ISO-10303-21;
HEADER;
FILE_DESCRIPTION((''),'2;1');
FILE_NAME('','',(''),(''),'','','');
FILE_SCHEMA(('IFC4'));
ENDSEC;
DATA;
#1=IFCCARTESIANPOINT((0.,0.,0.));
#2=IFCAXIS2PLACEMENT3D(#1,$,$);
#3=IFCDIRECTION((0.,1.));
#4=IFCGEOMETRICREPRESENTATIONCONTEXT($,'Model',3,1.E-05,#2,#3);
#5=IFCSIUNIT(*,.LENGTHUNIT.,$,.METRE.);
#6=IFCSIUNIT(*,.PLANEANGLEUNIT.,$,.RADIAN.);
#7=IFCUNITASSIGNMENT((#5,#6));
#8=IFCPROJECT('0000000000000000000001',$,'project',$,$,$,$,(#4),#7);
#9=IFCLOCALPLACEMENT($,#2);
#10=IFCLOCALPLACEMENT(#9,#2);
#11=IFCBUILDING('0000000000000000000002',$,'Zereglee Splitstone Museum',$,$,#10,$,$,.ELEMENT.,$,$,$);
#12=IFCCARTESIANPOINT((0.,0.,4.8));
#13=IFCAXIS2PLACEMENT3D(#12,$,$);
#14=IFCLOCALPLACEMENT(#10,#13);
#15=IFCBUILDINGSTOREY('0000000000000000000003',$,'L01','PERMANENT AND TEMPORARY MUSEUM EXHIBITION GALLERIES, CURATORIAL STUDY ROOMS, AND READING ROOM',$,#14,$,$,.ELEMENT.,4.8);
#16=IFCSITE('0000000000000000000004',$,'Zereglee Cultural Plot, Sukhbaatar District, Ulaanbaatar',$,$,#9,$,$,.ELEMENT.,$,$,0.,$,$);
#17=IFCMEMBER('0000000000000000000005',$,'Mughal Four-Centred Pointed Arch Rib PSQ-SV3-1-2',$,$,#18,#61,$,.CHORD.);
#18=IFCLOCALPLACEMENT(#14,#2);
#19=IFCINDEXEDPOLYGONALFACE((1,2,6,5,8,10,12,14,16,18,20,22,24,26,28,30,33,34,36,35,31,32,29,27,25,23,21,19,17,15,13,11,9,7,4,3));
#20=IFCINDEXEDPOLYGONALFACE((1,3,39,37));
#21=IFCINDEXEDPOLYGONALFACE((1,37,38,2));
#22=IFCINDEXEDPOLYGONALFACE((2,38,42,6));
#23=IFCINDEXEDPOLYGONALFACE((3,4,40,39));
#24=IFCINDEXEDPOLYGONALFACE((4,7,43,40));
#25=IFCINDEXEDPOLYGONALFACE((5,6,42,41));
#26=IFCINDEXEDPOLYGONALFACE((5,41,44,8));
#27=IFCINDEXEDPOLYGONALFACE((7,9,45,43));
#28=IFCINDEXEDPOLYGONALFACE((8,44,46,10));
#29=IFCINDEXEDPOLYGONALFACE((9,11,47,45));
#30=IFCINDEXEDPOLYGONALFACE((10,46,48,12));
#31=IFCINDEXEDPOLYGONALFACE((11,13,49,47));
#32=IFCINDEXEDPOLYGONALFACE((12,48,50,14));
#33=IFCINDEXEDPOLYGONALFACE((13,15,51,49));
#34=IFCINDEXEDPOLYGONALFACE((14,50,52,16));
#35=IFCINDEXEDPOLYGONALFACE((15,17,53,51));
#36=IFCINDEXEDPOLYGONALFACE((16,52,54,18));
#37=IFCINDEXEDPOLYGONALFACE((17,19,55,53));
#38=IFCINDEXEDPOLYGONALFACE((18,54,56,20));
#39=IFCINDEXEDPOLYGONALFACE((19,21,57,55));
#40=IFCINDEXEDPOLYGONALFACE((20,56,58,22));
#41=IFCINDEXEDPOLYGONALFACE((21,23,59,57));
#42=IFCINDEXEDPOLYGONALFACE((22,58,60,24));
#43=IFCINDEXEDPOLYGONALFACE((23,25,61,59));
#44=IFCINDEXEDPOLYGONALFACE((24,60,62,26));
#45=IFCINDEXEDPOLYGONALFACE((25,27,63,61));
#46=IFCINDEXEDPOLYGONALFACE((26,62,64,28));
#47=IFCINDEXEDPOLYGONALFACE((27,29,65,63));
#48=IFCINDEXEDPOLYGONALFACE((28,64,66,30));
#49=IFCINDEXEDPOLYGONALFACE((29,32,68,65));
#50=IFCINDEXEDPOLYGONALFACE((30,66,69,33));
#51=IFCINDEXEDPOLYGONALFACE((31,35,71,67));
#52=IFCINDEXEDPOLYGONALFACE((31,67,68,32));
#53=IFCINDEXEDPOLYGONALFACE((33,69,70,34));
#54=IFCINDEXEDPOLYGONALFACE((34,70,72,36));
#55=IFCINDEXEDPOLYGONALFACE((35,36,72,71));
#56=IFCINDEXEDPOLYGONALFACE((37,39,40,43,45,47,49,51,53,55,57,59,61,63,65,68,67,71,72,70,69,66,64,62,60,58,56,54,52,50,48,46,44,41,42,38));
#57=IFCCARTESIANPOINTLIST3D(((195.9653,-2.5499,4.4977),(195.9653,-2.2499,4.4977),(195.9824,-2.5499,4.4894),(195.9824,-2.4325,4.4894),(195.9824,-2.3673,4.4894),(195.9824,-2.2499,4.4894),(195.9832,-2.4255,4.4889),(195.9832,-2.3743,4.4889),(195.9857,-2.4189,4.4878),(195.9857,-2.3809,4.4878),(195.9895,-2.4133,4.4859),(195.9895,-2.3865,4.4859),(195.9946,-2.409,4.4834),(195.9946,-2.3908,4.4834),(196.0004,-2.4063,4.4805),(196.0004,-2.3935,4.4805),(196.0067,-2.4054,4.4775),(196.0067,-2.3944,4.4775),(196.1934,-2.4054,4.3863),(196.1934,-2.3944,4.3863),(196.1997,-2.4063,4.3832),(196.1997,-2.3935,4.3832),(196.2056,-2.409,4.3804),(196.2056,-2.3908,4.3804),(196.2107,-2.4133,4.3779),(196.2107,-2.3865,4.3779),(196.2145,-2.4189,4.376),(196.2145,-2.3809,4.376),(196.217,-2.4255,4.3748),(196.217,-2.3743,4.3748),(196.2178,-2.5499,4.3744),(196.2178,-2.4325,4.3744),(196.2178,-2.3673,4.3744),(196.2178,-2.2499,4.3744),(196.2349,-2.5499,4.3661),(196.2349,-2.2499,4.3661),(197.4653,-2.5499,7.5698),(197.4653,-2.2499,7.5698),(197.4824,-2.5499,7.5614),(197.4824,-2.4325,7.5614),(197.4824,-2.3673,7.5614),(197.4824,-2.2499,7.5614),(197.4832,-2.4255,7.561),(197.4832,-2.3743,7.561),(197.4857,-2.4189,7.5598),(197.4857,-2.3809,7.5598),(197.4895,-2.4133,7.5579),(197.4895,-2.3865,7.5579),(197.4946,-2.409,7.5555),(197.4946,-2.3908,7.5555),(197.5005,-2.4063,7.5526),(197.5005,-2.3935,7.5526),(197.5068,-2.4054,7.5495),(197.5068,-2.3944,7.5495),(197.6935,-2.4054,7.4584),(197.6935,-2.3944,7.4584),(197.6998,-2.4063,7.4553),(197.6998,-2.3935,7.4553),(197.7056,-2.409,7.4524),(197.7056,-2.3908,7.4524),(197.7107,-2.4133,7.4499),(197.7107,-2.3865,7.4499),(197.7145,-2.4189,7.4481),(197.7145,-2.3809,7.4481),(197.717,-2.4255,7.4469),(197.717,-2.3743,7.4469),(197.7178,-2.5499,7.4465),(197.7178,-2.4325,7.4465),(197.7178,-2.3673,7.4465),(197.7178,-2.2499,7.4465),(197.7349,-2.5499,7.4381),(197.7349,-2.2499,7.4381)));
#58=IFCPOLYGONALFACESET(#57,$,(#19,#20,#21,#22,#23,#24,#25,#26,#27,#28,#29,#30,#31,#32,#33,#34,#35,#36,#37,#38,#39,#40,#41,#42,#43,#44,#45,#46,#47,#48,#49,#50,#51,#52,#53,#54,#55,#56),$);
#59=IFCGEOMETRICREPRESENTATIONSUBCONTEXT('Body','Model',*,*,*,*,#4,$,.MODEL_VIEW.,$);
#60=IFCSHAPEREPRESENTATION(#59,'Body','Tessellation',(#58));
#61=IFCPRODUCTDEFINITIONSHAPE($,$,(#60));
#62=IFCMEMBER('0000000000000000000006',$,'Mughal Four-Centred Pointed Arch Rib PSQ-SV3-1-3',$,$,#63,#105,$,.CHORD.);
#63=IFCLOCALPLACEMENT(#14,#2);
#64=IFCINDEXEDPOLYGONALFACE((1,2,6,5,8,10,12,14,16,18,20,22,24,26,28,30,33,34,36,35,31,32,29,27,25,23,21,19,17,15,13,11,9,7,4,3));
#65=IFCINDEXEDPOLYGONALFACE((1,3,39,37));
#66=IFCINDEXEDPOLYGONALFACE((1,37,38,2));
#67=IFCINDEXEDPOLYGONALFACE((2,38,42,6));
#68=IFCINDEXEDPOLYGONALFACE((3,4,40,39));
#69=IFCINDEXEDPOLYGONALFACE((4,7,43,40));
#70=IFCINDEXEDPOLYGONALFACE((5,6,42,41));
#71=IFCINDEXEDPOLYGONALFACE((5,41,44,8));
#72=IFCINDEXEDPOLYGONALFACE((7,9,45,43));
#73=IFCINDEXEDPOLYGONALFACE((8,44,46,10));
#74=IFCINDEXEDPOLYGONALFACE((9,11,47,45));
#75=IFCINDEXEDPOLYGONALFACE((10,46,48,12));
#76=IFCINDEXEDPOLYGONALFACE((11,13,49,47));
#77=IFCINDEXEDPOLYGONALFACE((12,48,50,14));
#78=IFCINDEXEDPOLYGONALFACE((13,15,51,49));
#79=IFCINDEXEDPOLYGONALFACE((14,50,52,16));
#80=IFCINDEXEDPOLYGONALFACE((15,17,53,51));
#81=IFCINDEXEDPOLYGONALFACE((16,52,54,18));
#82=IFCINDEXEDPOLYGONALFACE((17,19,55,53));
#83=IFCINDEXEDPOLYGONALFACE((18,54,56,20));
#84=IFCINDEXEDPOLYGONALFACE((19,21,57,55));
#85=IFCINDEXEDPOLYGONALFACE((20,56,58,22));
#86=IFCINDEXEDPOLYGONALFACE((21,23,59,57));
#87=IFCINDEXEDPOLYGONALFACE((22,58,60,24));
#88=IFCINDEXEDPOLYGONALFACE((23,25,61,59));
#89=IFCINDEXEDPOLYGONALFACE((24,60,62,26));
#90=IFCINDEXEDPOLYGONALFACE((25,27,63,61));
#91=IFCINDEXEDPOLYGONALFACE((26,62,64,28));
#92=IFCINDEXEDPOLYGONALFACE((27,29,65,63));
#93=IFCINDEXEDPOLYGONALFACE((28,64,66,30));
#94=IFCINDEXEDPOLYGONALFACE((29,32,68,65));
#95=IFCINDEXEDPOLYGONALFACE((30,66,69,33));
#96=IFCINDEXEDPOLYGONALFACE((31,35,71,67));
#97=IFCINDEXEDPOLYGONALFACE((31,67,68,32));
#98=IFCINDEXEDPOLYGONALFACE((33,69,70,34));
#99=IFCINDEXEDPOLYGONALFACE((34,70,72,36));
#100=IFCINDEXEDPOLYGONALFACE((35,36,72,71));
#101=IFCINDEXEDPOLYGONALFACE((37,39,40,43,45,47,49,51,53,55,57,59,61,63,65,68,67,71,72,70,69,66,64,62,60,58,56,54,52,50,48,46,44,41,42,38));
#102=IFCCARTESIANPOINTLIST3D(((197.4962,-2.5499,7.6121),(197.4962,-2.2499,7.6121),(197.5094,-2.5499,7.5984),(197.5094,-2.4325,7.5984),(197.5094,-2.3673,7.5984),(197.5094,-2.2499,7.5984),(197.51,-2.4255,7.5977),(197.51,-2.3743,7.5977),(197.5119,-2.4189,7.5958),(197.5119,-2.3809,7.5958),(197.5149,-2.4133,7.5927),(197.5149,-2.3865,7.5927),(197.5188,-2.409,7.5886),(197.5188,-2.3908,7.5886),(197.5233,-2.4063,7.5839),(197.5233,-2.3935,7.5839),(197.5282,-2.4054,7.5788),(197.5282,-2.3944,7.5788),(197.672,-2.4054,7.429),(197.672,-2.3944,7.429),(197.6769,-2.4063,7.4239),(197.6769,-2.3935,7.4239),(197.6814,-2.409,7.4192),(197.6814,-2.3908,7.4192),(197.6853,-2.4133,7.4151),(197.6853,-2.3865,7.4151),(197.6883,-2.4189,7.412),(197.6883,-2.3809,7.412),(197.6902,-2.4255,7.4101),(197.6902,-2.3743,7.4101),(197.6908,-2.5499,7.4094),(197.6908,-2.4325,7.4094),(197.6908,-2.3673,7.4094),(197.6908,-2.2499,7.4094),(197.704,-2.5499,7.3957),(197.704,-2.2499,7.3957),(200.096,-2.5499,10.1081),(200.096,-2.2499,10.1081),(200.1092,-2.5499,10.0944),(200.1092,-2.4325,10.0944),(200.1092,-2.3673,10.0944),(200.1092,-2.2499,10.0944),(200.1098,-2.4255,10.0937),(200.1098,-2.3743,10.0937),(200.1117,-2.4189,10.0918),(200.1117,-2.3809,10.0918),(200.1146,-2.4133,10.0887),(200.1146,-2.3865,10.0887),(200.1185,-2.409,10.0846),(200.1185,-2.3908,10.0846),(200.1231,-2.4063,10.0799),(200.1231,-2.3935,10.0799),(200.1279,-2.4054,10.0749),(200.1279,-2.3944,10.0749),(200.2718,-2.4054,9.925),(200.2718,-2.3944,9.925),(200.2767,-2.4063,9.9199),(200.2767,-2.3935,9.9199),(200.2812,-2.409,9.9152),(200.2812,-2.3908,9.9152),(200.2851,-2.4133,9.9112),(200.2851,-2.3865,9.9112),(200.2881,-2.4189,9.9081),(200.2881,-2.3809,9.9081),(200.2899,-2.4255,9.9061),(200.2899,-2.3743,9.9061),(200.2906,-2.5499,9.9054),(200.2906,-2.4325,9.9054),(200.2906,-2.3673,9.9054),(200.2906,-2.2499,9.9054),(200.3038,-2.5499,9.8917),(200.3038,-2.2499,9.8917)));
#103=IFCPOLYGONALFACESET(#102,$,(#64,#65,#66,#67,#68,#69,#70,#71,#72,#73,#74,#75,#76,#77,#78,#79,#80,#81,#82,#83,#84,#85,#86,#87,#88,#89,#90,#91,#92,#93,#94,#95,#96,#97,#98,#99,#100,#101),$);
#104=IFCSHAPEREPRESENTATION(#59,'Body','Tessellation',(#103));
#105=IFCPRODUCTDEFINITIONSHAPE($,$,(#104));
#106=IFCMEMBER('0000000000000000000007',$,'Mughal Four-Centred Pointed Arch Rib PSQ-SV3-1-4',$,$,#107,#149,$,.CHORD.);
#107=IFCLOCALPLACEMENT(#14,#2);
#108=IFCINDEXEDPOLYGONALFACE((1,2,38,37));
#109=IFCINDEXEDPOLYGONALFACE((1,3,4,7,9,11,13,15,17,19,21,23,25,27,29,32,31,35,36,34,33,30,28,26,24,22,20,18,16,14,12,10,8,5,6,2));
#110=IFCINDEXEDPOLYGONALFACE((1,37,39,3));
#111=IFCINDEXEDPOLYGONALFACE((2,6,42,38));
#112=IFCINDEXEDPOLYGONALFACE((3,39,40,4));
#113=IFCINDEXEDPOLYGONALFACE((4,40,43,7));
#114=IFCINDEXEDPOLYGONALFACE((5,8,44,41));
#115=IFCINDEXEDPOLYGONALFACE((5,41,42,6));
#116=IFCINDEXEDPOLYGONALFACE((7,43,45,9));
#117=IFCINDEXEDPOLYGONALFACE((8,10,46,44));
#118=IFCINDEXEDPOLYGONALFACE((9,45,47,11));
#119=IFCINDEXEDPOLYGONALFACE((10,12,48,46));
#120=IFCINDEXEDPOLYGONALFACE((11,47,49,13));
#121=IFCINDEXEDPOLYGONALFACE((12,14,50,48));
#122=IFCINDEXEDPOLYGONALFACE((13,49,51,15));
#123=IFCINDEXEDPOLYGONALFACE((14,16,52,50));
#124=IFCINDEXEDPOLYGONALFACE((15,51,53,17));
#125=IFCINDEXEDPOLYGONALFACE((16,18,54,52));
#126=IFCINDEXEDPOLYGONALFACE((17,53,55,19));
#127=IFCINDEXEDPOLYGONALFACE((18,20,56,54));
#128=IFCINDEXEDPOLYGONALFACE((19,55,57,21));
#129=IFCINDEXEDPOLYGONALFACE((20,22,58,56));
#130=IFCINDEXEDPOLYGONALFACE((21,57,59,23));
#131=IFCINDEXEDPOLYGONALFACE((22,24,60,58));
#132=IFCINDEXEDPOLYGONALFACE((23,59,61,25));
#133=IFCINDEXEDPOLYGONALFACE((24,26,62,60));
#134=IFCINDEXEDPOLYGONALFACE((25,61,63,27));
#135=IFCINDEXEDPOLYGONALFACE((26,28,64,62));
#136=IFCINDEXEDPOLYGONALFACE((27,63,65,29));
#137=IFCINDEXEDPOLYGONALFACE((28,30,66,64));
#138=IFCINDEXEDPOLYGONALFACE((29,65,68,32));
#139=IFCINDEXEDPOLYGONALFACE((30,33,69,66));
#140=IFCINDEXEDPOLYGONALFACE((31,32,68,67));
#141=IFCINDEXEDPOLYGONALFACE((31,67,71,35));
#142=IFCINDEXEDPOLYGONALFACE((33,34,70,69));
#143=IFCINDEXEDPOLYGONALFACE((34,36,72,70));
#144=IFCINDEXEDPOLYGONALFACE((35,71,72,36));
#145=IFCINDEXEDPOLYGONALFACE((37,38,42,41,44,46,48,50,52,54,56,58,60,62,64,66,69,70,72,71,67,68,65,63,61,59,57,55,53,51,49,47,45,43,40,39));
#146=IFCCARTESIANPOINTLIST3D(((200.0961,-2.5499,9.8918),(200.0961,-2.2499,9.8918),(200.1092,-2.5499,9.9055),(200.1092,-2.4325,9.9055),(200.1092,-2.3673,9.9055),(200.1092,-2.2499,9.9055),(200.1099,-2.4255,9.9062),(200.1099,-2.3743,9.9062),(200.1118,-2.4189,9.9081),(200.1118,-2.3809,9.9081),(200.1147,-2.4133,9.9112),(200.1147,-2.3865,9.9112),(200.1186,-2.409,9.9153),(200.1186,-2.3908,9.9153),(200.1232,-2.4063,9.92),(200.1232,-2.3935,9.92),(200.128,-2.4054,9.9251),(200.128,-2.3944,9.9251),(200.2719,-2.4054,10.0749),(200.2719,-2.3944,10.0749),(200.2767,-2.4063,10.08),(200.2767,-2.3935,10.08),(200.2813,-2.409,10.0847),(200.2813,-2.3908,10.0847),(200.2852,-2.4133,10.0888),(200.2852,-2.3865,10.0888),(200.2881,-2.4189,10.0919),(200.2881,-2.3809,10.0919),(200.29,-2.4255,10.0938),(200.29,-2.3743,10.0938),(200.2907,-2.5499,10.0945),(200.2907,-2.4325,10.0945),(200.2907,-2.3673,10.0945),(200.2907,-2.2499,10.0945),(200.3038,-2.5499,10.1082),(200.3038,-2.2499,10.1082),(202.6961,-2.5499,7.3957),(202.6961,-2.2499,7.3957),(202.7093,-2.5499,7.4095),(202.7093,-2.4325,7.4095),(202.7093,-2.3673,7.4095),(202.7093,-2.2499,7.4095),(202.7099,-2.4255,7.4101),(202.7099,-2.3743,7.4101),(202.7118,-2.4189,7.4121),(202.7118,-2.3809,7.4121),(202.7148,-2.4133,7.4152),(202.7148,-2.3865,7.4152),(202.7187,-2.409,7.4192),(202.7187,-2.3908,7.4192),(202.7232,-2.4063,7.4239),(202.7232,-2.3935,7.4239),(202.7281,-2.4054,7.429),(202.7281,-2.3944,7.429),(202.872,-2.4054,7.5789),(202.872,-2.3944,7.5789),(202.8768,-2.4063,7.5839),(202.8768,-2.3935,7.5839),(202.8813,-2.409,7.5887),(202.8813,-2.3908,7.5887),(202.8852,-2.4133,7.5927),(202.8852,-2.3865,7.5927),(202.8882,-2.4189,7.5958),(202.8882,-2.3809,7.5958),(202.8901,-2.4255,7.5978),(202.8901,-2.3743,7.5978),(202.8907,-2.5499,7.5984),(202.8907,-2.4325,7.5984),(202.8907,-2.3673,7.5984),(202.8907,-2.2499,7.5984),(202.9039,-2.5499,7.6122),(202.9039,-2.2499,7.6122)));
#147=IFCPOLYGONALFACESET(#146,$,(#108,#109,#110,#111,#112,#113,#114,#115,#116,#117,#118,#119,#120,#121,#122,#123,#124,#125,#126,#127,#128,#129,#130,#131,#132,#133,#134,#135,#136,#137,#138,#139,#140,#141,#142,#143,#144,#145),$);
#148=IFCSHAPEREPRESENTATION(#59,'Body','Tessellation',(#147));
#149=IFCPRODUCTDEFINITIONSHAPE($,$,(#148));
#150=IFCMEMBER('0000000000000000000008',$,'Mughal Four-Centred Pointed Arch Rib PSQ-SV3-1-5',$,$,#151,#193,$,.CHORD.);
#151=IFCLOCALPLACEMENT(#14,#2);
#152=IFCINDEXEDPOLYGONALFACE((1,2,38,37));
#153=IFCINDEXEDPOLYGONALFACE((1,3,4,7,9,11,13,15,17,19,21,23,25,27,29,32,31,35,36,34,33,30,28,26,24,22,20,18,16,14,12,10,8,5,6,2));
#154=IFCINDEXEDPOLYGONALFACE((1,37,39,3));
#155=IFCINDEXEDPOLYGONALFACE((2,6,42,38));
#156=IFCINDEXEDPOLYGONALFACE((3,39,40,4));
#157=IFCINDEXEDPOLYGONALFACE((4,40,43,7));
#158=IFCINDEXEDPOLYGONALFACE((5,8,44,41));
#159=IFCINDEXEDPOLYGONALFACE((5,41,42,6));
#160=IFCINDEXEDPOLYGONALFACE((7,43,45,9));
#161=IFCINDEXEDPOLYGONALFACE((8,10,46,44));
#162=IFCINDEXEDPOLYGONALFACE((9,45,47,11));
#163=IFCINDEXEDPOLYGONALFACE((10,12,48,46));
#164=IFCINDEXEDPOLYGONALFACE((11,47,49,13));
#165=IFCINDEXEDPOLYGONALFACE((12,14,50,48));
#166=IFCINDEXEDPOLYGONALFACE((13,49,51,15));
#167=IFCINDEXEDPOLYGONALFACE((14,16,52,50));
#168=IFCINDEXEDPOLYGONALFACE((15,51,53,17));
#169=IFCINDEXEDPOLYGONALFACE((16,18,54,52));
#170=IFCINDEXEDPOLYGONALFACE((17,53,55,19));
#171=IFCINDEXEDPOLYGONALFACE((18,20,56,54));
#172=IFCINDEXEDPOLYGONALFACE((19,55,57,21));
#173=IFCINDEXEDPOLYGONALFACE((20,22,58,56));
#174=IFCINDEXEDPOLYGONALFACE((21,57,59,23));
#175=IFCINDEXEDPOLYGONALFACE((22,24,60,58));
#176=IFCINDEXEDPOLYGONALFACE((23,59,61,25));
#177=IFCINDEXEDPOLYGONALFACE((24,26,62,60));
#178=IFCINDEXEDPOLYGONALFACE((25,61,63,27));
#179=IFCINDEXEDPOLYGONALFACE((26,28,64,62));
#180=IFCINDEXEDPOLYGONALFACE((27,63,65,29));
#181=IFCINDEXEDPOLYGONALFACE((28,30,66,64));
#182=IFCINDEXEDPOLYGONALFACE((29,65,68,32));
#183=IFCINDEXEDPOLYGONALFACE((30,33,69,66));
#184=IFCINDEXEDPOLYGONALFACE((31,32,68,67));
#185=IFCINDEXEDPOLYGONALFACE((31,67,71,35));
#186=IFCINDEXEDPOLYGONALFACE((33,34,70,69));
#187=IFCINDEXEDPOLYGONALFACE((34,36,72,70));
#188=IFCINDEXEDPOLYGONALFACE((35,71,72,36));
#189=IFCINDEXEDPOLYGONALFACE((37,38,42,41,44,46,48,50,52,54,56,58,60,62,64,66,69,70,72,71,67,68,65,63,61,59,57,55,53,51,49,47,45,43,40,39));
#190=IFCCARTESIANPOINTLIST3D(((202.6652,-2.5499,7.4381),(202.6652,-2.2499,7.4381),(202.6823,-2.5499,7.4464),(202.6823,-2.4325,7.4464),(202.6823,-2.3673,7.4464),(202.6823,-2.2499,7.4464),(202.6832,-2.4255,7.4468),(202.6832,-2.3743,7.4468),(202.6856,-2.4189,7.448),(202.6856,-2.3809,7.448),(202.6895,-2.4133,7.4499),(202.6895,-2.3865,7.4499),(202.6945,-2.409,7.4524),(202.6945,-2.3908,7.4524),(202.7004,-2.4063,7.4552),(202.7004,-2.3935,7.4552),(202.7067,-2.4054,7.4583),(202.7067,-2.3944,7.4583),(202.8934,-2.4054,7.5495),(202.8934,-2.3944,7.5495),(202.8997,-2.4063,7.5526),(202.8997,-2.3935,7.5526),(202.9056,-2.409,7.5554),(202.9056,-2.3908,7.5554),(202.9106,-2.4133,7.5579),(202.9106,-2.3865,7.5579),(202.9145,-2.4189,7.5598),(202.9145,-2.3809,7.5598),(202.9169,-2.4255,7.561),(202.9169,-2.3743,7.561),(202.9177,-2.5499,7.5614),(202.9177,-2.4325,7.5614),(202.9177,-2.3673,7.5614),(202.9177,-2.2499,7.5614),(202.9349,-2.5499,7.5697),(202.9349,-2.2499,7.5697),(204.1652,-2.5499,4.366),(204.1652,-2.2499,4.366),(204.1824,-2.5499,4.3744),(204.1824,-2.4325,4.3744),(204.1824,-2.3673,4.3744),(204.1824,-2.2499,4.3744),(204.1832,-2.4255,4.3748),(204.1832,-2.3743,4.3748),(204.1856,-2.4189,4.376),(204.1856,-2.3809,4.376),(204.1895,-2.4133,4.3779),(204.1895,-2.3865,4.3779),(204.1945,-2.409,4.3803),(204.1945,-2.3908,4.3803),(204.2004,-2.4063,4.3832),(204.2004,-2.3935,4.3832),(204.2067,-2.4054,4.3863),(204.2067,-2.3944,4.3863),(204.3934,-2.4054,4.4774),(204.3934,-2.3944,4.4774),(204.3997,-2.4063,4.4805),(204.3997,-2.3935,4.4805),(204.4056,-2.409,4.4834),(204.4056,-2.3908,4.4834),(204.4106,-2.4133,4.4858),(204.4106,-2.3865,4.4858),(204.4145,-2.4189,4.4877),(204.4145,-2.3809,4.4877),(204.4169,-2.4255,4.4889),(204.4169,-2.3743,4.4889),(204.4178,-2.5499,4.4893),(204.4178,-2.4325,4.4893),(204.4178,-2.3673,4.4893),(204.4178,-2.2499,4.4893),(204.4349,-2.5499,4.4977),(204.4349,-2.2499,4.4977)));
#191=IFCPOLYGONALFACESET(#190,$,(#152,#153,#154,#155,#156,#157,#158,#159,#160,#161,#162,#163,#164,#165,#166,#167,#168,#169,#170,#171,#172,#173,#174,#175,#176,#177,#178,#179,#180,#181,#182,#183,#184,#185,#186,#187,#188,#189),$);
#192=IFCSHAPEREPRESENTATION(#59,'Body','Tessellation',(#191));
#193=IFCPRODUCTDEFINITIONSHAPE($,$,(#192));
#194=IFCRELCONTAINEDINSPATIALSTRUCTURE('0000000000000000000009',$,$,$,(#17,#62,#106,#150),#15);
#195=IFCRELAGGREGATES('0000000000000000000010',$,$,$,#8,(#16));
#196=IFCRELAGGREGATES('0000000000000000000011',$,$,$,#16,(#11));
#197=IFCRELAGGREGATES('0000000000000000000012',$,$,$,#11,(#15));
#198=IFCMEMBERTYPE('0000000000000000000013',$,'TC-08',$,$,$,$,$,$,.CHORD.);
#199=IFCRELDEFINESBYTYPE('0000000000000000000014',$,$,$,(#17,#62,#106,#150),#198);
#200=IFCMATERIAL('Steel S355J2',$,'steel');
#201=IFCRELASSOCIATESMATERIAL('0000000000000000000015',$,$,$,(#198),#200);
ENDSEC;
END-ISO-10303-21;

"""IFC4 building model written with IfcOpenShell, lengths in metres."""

from ifc_helpers import new_model, si_unit, direction, frame, origin, origin_2d, place, context, subcontext, project, spatial, i_section, extrude, material, material_profile, profile_set, type_object, element, save


model = new_model("IFC4")

# Units and contexts
model_context = context("Model", 3, precision=1e-05, world=origin(), true_north=direction((0.0, 1.0)))
body_context = subcontext(model_context, "Body", "Model", "MODEL_VIEW")
ifc_project = project(units=[si_unit("LENGTHUNIT", "METRE"), si_unit("PLANEANGLEUNIT", "RADIAN")], contexts=[model_context])

# Site, building, storey
site_placement = place(None, origin())
site = spatial("IfcSite", under=ifc_project, at=site_placement, Name="Zereglee Cultural Plot, Sukhbaatar District, Ulaanbaatar", CompositionType="ELEMENT", RefElevation=0.0)
building_placement = place(site_placement, origin())
building = spatial("IfcBuilding", under=site, at=building_placement, Name="Zereglee Splitstone Museum", CompositionType="ELEMENT")
storey_placement = place(building_placement, frame((0.0, 0.0, 4.8)))
storey = spatial("IfcBuildingStorey", under=building, at=storey_placement, Name="L01", Description="PERMANENT AND TEMPORARY MUSEUM EXHIBITION GALLERIES, CURATORIAL STUDY ROOMS, AND READING ROOM", CompositionType="ELEMENT", Elevation=4.8)

# Members
ifc_material_1 = material(Name="Steel S355J2", Category="steel")
ifc_material_profile_1 = material_profile(ifc_material_1, i_section(OverallWidth=0.3, OverallDepth=0.3, WebThickness=0.011, FlangeThickness=0.019, FilletRadius=0.0271, at=origin_2d()), Name="HE 300 B")
ifc_profile_set_1 = profile_set([ifc_material_profile_1], Name="Steel S355J2")
member_type_1 = type_object("IfcMemberType", Name="TC-08", PredefinedType="CHORD", material=ifc_profile_set_1)
member_1_placement = place(storey_placement, frame((196.1001, -2.3999, 4.4319), z_axis=(0.438767, 0.0, 0.898601), x_axis=(0.0, 1.0, 0.0)))
element("IfcMember", 1, at=member_1_placement, inside=storey, type_object=member_type_1, Name="Mughal Four-Centred Pointed Arch Rib PSQ-SV3-1-2", PredefinedType="CHORD", context=body_context, shape_type="SweptSolid", body=[
    extrude(i_section(OverallWidth=0.3, OverallDepth=0.3, WebThickness=0.011, FlangeThickness=0.019, FilletRadius=0.0271, at=origin_2d()), origin(), (0.0, 0.0, 1.0), 3.4187),
])
member_2_placement = place(storey_placement, frame((197.6001, -2.3999, 7.5039), z_axis=(0.721355, 0.0, 0.692566), x_axis=(0.0, 1.0, 0.0)))
element("IfcMember", 2, at=member_2_placement, inside=storey, type_object=member_type_1, Name="Mughal Four-Centred Pointed Arch Rib PSQ-SV3-1-3", PredefinedType="CHORD", context=body_context, shape_type="SweptSolid", body=[
    extrude(i_section(OverallWidth=0.3, OverallDepth=0.3, WebThickness=0.011, FlangeThickness=0.019, FilletRadius=0.0271, at=origin_2d()), origin(), (0.0, 0.0, 1.0), 3.604),
])
member_3_placement = place(storey_placement, frame((200.2, -2.3999, 10.0), z_axis=(0.721387, 0.0, -0.692532), x_axis=(0.0, 1.0, 0.0)))
element("IfcMember", 3, at=member_3_placement, inside=storey, type_object=member_type_1, Name="Mughal Four-Centred Pointed Arch Rib PSQ-SV3-1-4", PredefinedType="CHORD", context=body_context, shape_type="SweptSolid", body=[
    extrude(i_section(OverallWidth=0.3, OverallDepth=0.3, WebThickness=0.011, FlangeThickness=0.019, FilletRadius=0.0271, at=origin_2d()), origin(), (0.0, 0.0, 1.0), 3.6042),
])
member_4_placement = place(storey_placement, frame((202.8, -2.3999, 7.5039), z_axis=(0.438767, 0.0, -0.898601), x_axis=(0.0, 1.0, 0.0)))
element("IfcMember", 4, at=member_4_placement, inside=storey, type_object=member_type_1, Name="Mughal Four-Centred Pointed Arch Rib PSQ-SV3-1-5", PredefinedType="CHORD", context=body_context, shape_type="SweptSolid", body=[
    extrude(i_section(OverallWidth=0.3, OverallDepth=0.3, WebThickness=0.011, FlangeThickness=0.019, FilletRadius=0.0271, at=origin_2d()), origin(), (0.0, 0.0, 1.0), 3.4187),
])

save(model, "model.ifc")
